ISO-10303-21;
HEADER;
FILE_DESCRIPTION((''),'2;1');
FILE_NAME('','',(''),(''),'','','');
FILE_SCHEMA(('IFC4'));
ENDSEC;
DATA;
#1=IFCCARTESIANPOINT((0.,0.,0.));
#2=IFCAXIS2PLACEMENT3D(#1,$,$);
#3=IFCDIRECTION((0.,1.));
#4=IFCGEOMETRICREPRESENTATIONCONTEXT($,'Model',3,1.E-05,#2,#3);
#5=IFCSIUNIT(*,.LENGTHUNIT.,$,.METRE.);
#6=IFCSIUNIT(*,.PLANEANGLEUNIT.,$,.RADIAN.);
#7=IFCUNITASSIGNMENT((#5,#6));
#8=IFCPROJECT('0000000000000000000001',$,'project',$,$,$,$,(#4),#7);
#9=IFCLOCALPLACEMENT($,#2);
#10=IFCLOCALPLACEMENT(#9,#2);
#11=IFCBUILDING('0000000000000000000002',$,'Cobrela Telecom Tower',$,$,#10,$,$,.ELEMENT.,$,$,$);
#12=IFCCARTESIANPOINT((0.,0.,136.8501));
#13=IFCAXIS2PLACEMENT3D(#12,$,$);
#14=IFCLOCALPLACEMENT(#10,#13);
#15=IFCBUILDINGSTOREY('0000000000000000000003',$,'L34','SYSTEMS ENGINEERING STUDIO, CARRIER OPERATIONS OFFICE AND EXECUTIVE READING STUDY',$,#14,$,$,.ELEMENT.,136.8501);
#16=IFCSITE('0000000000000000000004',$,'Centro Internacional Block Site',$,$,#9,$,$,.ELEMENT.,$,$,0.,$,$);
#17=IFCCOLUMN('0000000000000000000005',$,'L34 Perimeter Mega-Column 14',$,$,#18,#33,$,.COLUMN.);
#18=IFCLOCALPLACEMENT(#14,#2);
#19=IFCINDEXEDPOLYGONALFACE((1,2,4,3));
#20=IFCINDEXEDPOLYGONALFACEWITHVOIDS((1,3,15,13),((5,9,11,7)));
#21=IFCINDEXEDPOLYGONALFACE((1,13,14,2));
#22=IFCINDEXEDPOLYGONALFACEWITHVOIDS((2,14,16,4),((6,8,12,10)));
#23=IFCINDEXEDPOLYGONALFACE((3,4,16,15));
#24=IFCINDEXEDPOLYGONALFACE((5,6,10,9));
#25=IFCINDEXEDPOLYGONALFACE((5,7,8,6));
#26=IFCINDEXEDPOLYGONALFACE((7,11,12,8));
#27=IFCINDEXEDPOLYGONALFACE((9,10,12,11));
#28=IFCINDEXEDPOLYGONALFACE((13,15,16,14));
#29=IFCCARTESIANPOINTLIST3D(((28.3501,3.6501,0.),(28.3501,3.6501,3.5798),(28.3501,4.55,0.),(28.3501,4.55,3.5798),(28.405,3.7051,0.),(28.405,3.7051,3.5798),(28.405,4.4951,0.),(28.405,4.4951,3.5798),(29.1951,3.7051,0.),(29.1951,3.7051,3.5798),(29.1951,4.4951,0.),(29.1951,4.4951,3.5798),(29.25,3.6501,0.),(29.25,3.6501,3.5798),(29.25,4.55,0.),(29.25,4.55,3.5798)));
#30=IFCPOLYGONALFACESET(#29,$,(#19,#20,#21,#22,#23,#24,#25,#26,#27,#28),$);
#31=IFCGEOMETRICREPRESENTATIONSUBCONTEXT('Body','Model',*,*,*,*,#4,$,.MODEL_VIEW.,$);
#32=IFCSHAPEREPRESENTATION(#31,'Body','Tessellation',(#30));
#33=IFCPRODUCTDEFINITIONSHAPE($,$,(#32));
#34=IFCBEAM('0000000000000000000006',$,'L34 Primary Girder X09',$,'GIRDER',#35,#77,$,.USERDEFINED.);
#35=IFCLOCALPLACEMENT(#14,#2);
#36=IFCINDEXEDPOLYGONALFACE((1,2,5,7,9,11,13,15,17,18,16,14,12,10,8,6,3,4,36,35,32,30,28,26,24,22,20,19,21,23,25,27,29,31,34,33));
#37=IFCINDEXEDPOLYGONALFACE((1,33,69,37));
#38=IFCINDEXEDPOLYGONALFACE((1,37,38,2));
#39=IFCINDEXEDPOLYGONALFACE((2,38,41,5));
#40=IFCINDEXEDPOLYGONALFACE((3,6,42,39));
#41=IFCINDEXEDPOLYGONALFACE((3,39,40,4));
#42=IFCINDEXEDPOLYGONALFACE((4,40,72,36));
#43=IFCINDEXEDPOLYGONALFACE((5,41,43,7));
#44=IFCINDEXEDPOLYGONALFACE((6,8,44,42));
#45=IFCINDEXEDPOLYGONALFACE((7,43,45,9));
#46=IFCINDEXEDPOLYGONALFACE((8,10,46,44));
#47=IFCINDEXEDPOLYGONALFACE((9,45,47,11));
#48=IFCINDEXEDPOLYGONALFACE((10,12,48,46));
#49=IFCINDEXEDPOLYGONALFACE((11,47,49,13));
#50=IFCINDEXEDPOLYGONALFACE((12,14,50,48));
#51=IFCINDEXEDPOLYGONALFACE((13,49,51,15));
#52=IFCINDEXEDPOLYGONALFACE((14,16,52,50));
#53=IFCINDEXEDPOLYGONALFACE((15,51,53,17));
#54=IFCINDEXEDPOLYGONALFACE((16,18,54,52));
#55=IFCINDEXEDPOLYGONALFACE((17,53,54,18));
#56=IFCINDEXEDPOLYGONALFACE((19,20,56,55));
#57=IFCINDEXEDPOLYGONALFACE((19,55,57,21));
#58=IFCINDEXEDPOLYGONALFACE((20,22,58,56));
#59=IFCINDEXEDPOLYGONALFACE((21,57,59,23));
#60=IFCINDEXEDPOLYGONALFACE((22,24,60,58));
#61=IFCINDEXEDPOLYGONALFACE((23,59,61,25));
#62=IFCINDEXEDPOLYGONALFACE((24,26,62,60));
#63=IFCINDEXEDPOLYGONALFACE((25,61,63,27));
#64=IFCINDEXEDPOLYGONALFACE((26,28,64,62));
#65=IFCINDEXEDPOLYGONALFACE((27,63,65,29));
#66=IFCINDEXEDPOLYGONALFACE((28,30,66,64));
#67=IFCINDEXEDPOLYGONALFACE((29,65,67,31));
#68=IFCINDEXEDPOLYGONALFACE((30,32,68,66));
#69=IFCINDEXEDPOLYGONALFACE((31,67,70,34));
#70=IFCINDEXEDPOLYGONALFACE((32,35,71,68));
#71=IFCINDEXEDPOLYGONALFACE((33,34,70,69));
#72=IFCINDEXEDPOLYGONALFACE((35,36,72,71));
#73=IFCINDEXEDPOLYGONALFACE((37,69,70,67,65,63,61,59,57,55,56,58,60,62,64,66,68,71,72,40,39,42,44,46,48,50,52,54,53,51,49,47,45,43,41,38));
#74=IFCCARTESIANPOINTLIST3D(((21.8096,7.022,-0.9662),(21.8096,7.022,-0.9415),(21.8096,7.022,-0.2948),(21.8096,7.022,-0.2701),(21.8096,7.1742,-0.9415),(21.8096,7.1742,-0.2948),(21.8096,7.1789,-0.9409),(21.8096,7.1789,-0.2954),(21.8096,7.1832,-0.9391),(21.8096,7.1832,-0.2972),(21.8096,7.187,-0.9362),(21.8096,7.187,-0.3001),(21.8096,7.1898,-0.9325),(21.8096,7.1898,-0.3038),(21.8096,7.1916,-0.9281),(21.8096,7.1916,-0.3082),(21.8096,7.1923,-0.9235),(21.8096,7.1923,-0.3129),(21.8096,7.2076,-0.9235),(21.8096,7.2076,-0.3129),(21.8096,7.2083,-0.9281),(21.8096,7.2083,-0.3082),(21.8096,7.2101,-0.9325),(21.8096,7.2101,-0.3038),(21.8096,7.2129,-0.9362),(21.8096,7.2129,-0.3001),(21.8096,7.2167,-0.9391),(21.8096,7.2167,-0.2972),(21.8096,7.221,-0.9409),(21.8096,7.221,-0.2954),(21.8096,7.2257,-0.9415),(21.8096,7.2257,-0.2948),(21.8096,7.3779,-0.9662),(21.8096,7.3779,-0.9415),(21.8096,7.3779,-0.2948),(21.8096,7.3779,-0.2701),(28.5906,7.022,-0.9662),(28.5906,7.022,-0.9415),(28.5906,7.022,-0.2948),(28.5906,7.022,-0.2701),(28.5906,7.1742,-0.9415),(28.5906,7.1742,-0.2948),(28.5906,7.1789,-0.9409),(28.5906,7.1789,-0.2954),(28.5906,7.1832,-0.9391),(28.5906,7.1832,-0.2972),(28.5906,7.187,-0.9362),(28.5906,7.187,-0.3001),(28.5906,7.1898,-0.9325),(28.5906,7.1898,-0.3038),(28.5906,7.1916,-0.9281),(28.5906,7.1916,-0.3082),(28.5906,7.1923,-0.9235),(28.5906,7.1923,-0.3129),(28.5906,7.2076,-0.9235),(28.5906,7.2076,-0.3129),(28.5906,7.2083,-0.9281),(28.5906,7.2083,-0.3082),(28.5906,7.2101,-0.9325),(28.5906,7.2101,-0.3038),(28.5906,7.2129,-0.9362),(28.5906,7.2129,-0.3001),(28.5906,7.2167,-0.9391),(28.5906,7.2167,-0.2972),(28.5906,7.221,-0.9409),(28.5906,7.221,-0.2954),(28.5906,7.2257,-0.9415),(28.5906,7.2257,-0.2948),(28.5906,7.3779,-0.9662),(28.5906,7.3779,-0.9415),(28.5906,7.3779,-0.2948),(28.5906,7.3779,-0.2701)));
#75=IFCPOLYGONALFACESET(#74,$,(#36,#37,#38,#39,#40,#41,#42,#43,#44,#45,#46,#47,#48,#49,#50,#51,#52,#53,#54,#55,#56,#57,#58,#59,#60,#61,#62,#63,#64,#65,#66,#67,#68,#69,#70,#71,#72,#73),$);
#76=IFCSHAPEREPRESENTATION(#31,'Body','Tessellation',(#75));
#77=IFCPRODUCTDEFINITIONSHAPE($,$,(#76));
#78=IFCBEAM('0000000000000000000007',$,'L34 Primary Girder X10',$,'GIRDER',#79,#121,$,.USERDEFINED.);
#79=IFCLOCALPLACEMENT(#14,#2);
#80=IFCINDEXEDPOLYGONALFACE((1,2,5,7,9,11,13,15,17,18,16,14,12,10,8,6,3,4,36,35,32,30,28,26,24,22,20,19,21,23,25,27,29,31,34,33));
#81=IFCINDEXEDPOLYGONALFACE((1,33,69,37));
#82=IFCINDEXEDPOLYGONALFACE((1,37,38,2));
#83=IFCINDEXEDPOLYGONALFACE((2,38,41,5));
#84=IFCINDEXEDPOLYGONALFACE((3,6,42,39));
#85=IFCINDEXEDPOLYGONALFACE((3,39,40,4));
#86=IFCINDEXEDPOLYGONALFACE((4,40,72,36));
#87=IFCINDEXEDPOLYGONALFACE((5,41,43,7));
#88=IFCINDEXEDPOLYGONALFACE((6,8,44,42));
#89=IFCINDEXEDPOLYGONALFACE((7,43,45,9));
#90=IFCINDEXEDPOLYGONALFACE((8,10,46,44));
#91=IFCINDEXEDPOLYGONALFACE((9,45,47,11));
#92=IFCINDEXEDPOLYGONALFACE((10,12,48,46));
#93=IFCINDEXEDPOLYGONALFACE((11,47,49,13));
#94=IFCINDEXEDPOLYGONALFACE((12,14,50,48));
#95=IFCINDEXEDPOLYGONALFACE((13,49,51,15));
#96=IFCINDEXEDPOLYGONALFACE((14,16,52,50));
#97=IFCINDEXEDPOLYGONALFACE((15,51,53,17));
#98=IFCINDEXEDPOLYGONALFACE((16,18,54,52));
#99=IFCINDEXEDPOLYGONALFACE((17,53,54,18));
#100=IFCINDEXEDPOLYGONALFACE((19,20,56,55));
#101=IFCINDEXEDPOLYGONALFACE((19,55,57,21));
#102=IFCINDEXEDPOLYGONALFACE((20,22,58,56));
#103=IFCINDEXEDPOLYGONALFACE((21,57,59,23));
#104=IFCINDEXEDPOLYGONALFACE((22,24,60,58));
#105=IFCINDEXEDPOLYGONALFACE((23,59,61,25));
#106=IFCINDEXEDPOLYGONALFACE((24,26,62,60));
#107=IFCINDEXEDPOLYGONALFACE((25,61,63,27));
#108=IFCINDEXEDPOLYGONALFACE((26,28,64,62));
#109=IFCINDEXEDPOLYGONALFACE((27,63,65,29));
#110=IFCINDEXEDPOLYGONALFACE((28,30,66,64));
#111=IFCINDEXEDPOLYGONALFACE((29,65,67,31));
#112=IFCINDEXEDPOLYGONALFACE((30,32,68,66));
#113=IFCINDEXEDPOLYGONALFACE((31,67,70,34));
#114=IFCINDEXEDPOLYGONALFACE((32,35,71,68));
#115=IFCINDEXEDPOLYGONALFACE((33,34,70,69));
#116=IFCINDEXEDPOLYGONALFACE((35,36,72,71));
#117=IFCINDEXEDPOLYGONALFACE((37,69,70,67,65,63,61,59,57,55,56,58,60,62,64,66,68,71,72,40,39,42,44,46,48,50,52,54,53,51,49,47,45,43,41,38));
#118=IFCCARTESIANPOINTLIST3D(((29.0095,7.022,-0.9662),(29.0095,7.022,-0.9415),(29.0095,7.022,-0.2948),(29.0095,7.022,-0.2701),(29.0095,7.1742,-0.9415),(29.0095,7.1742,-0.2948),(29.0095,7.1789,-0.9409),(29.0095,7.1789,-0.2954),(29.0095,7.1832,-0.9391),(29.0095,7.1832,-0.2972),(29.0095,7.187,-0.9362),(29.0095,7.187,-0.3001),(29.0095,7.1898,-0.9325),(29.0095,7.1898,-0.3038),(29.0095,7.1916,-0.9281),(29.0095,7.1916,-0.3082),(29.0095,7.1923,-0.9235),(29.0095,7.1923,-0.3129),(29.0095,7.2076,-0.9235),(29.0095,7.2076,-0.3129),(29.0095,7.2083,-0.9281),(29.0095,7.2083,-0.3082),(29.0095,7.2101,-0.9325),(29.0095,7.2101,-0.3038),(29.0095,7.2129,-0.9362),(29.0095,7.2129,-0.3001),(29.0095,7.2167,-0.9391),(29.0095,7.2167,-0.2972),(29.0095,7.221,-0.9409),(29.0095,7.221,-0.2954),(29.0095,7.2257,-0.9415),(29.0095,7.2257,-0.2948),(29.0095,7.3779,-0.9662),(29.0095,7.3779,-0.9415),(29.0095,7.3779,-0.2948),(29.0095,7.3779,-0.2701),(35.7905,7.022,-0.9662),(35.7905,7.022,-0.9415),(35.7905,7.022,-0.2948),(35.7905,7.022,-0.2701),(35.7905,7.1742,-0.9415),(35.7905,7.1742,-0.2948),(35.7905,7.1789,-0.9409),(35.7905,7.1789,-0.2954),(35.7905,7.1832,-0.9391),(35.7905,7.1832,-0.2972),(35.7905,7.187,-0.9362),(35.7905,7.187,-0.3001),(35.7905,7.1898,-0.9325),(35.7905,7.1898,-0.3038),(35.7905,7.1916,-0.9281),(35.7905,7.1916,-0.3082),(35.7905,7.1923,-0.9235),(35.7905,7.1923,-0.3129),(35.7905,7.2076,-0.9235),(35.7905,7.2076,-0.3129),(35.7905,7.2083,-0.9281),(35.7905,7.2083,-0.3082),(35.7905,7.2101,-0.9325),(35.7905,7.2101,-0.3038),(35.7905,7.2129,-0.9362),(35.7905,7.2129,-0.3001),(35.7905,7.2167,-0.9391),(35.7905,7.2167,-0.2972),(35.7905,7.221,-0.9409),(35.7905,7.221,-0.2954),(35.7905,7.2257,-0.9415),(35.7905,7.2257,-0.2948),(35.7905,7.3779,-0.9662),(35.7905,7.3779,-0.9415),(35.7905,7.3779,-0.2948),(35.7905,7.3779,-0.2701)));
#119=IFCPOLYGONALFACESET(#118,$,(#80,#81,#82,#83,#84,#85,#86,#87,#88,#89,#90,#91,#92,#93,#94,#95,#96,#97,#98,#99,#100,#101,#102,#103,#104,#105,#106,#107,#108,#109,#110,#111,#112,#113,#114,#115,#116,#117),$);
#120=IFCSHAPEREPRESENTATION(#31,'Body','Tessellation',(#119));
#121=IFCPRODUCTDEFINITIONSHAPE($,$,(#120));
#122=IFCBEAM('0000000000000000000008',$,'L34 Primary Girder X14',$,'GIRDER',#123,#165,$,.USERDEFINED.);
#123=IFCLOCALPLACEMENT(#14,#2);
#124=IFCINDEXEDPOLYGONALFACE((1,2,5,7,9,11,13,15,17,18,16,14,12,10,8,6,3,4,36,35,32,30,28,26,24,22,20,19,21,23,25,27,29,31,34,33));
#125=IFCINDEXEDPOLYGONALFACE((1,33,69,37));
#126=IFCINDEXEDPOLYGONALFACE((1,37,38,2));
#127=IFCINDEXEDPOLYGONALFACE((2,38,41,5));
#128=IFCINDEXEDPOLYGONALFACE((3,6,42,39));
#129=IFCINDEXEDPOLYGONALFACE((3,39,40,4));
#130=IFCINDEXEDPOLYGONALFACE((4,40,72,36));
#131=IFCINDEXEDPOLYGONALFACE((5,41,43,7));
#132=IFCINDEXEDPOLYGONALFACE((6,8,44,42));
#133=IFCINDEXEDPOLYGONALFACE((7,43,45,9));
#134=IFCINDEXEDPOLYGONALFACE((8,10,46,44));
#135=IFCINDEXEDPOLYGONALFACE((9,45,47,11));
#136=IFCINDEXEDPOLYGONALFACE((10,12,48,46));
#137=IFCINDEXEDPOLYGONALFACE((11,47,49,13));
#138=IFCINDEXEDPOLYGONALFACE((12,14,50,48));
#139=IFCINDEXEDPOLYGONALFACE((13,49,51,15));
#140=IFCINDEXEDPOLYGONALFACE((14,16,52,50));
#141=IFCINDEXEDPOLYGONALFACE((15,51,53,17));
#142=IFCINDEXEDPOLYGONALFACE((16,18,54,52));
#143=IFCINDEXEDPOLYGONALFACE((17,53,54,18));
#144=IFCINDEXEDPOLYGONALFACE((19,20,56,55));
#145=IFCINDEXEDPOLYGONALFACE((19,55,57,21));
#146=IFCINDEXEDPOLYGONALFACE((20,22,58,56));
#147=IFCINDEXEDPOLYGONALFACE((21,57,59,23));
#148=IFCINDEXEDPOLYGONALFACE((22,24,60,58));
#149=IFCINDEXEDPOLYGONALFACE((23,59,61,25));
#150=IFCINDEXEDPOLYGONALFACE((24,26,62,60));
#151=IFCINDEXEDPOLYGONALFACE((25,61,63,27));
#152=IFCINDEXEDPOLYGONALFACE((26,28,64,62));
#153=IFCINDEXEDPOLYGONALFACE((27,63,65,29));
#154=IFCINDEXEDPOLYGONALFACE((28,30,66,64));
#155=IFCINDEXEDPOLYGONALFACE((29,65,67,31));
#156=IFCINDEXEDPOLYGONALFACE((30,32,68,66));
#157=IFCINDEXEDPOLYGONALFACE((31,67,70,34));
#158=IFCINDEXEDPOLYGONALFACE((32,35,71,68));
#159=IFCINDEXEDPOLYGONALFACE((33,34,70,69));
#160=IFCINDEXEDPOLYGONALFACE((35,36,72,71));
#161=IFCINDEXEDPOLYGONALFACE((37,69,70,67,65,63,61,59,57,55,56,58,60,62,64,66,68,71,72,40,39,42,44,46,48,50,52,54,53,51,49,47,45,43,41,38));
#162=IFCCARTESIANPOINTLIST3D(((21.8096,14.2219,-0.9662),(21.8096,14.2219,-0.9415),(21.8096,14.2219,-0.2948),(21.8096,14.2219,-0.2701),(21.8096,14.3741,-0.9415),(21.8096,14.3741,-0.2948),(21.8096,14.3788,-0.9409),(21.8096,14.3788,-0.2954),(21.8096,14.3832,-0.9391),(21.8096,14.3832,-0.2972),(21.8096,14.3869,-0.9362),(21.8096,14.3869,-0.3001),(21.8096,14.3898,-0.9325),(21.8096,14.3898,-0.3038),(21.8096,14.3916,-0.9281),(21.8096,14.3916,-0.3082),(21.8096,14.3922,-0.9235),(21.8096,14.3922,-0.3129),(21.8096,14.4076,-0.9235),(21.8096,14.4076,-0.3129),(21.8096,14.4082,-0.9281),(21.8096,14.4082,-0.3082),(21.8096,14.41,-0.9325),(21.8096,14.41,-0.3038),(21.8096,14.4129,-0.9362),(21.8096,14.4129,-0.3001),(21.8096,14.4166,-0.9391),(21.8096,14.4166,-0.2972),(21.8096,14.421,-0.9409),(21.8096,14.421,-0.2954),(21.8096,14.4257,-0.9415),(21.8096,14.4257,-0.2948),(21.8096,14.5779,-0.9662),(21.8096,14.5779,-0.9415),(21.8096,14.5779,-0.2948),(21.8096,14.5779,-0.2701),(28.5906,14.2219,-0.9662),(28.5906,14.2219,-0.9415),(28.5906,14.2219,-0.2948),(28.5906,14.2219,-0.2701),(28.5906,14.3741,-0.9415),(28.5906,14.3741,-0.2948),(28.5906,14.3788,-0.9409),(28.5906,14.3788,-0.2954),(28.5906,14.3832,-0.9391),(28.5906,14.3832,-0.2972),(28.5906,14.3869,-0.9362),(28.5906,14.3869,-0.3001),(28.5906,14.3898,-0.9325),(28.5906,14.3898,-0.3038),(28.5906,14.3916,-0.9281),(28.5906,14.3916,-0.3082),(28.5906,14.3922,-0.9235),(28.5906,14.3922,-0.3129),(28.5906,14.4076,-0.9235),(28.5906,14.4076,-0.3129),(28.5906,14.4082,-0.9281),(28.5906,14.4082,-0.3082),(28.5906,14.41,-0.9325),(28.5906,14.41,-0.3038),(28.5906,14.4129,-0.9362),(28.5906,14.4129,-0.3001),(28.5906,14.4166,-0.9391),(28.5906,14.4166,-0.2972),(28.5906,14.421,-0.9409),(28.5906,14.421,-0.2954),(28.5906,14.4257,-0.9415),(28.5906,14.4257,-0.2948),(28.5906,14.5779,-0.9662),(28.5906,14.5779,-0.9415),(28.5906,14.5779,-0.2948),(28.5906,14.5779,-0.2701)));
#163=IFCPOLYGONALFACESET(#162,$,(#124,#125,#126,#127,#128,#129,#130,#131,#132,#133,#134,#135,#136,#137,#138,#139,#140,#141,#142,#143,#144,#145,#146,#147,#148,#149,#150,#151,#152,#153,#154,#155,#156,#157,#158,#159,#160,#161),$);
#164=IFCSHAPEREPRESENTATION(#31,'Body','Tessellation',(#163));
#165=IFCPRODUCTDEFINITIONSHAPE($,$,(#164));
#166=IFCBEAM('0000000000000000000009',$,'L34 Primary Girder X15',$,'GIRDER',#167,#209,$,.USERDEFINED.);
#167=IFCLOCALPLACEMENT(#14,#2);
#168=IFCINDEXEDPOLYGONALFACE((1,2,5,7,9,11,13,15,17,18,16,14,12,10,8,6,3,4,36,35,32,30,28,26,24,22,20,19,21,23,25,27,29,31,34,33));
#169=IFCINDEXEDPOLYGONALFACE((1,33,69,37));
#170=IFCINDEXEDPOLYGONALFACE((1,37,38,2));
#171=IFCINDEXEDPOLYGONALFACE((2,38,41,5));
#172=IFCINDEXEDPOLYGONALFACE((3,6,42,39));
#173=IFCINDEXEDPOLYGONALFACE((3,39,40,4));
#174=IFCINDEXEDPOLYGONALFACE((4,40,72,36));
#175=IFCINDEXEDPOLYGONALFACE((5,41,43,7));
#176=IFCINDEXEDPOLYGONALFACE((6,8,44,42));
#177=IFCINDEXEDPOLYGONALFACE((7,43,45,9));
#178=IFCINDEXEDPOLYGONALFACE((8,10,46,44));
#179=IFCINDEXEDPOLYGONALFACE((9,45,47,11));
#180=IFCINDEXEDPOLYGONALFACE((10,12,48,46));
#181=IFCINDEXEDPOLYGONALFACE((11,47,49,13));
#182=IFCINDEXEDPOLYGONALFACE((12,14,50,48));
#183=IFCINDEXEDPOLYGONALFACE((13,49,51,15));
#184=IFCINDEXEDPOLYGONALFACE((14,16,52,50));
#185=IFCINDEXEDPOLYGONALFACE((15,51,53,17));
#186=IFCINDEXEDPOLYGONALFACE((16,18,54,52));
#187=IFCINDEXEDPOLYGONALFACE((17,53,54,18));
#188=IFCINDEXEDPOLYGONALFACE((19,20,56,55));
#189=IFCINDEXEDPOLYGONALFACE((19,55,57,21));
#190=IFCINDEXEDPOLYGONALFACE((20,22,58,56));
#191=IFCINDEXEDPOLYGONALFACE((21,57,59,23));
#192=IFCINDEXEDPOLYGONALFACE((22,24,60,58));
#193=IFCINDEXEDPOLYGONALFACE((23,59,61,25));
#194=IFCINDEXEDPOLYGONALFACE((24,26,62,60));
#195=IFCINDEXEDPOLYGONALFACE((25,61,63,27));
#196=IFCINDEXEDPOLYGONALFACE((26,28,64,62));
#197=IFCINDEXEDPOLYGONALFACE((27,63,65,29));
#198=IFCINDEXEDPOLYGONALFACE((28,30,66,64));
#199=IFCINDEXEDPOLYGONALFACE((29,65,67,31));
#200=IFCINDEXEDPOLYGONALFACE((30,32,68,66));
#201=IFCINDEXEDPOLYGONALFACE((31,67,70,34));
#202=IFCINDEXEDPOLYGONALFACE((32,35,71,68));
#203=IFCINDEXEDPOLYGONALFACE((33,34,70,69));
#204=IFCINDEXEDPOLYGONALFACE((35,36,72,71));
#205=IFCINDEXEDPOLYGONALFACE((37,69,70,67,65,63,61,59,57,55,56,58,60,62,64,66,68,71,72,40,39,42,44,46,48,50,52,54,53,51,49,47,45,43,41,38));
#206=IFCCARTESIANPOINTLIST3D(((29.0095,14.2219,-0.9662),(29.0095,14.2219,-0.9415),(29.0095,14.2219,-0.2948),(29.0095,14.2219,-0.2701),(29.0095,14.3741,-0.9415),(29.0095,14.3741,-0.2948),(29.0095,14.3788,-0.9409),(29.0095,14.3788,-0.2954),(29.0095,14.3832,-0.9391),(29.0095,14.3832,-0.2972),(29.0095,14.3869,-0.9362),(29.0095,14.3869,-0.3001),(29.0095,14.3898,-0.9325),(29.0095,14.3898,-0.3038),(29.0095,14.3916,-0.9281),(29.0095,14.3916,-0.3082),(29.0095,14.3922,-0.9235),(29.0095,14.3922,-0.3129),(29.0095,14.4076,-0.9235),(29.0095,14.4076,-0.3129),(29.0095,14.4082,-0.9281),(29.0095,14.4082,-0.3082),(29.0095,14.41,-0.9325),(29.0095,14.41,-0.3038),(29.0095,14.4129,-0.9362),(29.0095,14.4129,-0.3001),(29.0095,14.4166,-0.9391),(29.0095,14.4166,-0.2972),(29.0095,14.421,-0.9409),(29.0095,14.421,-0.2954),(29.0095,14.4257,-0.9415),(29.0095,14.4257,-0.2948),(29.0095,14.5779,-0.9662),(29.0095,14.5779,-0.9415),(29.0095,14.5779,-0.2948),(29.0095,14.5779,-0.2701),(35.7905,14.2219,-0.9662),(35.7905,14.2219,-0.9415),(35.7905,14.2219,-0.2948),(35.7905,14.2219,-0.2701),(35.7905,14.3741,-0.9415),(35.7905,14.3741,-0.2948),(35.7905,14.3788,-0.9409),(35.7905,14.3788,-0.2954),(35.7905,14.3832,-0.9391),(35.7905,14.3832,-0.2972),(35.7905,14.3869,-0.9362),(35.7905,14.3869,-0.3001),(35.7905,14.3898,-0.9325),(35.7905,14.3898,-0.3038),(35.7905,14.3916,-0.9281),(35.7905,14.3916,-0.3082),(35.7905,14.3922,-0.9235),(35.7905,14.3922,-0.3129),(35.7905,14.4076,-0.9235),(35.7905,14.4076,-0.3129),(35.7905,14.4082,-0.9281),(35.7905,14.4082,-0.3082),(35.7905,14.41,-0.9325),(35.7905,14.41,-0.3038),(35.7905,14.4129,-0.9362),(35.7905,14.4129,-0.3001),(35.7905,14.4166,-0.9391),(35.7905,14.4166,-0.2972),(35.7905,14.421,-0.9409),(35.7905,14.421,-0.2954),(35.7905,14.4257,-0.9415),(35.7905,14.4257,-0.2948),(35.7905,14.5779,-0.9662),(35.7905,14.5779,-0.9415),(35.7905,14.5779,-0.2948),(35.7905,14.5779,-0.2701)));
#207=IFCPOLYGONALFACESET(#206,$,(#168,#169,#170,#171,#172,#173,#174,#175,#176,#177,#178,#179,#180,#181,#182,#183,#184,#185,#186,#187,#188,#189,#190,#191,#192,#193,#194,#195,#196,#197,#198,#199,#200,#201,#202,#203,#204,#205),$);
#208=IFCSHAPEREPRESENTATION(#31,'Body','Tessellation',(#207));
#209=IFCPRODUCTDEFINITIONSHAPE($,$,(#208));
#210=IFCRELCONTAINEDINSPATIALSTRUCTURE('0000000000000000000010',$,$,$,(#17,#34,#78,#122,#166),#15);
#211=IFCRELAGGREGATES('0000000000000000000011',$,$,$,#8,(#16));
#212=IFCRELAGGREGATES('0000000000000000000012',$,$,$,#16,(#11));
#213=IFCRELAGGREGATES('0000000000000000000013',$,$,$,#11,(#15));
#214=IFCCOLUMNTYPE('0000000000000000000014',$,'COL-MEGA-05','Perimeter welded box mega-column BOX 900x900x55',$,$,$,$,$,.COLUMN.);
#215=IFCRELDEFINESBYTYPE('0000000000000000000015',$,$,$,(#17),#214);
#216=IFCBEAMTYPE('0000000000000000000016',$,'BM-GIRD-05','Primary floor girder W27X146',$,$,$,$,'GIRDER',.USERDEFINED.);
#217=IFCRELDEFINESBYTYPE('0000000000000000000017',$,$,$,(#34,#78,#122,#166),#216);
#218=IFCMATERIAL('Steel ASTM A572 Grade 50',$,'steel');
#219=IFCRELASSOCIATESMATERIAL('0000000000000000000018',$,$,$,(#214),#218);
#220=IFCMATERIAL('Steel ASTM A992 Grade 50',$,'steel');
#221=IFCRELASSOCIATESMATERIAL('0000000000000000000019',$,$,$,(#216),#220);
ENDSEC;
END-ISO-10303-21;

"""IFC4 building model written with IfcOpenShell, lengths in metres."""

from ifc_helpers import new_model, si_unit, direction, frame, origin, origin_2d, place, context, subcontext, project, spatial, hollow_rectangle, i_section, extrude, material, material_profile, profile_set, type_object, element, save


model = new_model("IFC4")

# Units and contexts
model_context = context("Model", 3, precision=1e-05, world=origin(), true_north=direction((0.0, 1.0)))
body_context = subcontext(model_context, "Body", "Model", "MODEL_VIEW")
ifc_project = project(units=[si_unit("LENGTHUNIT", "METRE"), si_unit("PLANEANGLEUNIT", "RADIAN")], contexts=[model_context])

# Site, building, storey
site_placement = place(None, origin())
site = spatial("IfcSite", under=ifc_project, at=site_placement, Name="Centro Internacional Block Site", CompositionType="ELEMENT", RefElevation=0.0)
building_placement = place(site_placement, origin())
building = spatial("IfcBuilding", under=site, at=building_placement, Name="Cobrela Telecom Tower", CompositionType="ELEMENT")
storey_placement = place(building_placement, frame((0.0, 0.0, 136.8501)))
storey = spatial("IfcBuildingStorey", under=building, at=storey_placement, Name="L34", Description="SYSTEMS ENGINEERING STUDIO, CARRIER OPERATIONS OFFICE AND EXECUTIVE READING STUDY", CompositionType="ELEMENT", Elevation=136.8501)

# Column
ifc_material_1 = material(Name="Steel ASTM A992 Grade 50", Category="steel")
ifc_material_2 = material(Name="Steel ASTM A572 Grade 50", Category="steel")
ifc_material_profile_1 = material_profile(ifc_material_2, hollow_rectangle(XDim=0.8999, YDim=0.8999, WallThickness=0.0549, at=origin_2d()), Name="BOX 900x900x55")
ifc_profile_set_1 = profile_set([ifc_material_profile_1], Name="Steel ASTM A572 Grade 50")
column_type_1 = type_object("IfcColumnType", Name="COL-MEGA-05", Description="Perimeter welded box mega-column BOX 900x900x55", PredefinedType="COLUMN", material=ifc_profile_set_1)
for number, where, z_axis, x_axis, name in (
    (1, (28.8, 4.1001, 0.0), (0.0, 0.0, 1.0), (1.0, 0.0, 0.0), "L34 Perimeter Mega-Column 14"),
):
    element("IfcColumn", number, at=place(storey_placement, frame(where, z_axis=z_axis, x_axis=x_axis)), inside=storey, type_object=column_type_1, Name=name, PredefinedType="COLUMN", context=body_context, shape_type="SweptSolid", body=[
        extrude(hollow_rectangle(XDim=0.8999, YDim=0.8999, WallThickness=0.0549, at=origin_2d()), origin(), (0.0, 0.0, 1.0), 3.5798),
    ])

# Beams
ifc_material_profile_2 = material_profile(ifc_material_1, i_section(OverallWidth=0.356, OverallDepth=0.696, WebThickness=0.0154, FlangeThickness=0.0247, FilletRadius=0.0181, at=origin_2d()), Name="W27X146")
ifc_profile_set_2 = profile_set([ifc_material_profile_2], Name="Steel ASTM A992 Grade 50")
beam_type_1 = type_object("IfcBeamType", Name="BM-GIRD-05", Description="Primary floor girder W27X146", ElementType="GIRDER", PredefinedType="USERDEFINED", material=ifc_profile_set_2)
for number, where, z_axis, x_axis, name in (
    (2, (21.8096, 7.2, -0.6182), (1.0, 0.0, 0.0), (0.0, 1.0, 0.0), "L34 Primary Girder X09"),
    (3, (29.0095, 7.2, -0.6182), (1.0, 0.0, 0.0), (0.0, 1.0, 0.0), "L34 Primary Girder X10"),
    (4, (21.8096, 14.3999, -0.6182), (1.0, 0.0, 0.0), (0.0, 1.0, 0.0), "L34 Primary Girder X14"),
    (5, (29.0095, 14.3999, -0.6182), (1.0, 0.0, 0.0), (0.0, 1.0, 0.0), "L34 Primary Girder X15"),
):
    element("IfcBeam", number, at=place(storey_placement, frame(where, z_axis=z_axis, x_axis=x_axis)), inside=storey, type_object=beam_type_1, Name=name, ObjectType="GIRDER", PredefinedType="USERDEFINED", context=body_context, shape_type="SweptSolid", body=[
        extrude(i_section(OverallWidth=0.356, OverallDepth=0.696, WebThickness=0.0154, FlangeThickness=0.0247, FilletRadius=0.0181, at=origin_2d()), origin(), (0.0, 0.0, 1.0), 6.781),
    ])

save(model, "model.ifc")
